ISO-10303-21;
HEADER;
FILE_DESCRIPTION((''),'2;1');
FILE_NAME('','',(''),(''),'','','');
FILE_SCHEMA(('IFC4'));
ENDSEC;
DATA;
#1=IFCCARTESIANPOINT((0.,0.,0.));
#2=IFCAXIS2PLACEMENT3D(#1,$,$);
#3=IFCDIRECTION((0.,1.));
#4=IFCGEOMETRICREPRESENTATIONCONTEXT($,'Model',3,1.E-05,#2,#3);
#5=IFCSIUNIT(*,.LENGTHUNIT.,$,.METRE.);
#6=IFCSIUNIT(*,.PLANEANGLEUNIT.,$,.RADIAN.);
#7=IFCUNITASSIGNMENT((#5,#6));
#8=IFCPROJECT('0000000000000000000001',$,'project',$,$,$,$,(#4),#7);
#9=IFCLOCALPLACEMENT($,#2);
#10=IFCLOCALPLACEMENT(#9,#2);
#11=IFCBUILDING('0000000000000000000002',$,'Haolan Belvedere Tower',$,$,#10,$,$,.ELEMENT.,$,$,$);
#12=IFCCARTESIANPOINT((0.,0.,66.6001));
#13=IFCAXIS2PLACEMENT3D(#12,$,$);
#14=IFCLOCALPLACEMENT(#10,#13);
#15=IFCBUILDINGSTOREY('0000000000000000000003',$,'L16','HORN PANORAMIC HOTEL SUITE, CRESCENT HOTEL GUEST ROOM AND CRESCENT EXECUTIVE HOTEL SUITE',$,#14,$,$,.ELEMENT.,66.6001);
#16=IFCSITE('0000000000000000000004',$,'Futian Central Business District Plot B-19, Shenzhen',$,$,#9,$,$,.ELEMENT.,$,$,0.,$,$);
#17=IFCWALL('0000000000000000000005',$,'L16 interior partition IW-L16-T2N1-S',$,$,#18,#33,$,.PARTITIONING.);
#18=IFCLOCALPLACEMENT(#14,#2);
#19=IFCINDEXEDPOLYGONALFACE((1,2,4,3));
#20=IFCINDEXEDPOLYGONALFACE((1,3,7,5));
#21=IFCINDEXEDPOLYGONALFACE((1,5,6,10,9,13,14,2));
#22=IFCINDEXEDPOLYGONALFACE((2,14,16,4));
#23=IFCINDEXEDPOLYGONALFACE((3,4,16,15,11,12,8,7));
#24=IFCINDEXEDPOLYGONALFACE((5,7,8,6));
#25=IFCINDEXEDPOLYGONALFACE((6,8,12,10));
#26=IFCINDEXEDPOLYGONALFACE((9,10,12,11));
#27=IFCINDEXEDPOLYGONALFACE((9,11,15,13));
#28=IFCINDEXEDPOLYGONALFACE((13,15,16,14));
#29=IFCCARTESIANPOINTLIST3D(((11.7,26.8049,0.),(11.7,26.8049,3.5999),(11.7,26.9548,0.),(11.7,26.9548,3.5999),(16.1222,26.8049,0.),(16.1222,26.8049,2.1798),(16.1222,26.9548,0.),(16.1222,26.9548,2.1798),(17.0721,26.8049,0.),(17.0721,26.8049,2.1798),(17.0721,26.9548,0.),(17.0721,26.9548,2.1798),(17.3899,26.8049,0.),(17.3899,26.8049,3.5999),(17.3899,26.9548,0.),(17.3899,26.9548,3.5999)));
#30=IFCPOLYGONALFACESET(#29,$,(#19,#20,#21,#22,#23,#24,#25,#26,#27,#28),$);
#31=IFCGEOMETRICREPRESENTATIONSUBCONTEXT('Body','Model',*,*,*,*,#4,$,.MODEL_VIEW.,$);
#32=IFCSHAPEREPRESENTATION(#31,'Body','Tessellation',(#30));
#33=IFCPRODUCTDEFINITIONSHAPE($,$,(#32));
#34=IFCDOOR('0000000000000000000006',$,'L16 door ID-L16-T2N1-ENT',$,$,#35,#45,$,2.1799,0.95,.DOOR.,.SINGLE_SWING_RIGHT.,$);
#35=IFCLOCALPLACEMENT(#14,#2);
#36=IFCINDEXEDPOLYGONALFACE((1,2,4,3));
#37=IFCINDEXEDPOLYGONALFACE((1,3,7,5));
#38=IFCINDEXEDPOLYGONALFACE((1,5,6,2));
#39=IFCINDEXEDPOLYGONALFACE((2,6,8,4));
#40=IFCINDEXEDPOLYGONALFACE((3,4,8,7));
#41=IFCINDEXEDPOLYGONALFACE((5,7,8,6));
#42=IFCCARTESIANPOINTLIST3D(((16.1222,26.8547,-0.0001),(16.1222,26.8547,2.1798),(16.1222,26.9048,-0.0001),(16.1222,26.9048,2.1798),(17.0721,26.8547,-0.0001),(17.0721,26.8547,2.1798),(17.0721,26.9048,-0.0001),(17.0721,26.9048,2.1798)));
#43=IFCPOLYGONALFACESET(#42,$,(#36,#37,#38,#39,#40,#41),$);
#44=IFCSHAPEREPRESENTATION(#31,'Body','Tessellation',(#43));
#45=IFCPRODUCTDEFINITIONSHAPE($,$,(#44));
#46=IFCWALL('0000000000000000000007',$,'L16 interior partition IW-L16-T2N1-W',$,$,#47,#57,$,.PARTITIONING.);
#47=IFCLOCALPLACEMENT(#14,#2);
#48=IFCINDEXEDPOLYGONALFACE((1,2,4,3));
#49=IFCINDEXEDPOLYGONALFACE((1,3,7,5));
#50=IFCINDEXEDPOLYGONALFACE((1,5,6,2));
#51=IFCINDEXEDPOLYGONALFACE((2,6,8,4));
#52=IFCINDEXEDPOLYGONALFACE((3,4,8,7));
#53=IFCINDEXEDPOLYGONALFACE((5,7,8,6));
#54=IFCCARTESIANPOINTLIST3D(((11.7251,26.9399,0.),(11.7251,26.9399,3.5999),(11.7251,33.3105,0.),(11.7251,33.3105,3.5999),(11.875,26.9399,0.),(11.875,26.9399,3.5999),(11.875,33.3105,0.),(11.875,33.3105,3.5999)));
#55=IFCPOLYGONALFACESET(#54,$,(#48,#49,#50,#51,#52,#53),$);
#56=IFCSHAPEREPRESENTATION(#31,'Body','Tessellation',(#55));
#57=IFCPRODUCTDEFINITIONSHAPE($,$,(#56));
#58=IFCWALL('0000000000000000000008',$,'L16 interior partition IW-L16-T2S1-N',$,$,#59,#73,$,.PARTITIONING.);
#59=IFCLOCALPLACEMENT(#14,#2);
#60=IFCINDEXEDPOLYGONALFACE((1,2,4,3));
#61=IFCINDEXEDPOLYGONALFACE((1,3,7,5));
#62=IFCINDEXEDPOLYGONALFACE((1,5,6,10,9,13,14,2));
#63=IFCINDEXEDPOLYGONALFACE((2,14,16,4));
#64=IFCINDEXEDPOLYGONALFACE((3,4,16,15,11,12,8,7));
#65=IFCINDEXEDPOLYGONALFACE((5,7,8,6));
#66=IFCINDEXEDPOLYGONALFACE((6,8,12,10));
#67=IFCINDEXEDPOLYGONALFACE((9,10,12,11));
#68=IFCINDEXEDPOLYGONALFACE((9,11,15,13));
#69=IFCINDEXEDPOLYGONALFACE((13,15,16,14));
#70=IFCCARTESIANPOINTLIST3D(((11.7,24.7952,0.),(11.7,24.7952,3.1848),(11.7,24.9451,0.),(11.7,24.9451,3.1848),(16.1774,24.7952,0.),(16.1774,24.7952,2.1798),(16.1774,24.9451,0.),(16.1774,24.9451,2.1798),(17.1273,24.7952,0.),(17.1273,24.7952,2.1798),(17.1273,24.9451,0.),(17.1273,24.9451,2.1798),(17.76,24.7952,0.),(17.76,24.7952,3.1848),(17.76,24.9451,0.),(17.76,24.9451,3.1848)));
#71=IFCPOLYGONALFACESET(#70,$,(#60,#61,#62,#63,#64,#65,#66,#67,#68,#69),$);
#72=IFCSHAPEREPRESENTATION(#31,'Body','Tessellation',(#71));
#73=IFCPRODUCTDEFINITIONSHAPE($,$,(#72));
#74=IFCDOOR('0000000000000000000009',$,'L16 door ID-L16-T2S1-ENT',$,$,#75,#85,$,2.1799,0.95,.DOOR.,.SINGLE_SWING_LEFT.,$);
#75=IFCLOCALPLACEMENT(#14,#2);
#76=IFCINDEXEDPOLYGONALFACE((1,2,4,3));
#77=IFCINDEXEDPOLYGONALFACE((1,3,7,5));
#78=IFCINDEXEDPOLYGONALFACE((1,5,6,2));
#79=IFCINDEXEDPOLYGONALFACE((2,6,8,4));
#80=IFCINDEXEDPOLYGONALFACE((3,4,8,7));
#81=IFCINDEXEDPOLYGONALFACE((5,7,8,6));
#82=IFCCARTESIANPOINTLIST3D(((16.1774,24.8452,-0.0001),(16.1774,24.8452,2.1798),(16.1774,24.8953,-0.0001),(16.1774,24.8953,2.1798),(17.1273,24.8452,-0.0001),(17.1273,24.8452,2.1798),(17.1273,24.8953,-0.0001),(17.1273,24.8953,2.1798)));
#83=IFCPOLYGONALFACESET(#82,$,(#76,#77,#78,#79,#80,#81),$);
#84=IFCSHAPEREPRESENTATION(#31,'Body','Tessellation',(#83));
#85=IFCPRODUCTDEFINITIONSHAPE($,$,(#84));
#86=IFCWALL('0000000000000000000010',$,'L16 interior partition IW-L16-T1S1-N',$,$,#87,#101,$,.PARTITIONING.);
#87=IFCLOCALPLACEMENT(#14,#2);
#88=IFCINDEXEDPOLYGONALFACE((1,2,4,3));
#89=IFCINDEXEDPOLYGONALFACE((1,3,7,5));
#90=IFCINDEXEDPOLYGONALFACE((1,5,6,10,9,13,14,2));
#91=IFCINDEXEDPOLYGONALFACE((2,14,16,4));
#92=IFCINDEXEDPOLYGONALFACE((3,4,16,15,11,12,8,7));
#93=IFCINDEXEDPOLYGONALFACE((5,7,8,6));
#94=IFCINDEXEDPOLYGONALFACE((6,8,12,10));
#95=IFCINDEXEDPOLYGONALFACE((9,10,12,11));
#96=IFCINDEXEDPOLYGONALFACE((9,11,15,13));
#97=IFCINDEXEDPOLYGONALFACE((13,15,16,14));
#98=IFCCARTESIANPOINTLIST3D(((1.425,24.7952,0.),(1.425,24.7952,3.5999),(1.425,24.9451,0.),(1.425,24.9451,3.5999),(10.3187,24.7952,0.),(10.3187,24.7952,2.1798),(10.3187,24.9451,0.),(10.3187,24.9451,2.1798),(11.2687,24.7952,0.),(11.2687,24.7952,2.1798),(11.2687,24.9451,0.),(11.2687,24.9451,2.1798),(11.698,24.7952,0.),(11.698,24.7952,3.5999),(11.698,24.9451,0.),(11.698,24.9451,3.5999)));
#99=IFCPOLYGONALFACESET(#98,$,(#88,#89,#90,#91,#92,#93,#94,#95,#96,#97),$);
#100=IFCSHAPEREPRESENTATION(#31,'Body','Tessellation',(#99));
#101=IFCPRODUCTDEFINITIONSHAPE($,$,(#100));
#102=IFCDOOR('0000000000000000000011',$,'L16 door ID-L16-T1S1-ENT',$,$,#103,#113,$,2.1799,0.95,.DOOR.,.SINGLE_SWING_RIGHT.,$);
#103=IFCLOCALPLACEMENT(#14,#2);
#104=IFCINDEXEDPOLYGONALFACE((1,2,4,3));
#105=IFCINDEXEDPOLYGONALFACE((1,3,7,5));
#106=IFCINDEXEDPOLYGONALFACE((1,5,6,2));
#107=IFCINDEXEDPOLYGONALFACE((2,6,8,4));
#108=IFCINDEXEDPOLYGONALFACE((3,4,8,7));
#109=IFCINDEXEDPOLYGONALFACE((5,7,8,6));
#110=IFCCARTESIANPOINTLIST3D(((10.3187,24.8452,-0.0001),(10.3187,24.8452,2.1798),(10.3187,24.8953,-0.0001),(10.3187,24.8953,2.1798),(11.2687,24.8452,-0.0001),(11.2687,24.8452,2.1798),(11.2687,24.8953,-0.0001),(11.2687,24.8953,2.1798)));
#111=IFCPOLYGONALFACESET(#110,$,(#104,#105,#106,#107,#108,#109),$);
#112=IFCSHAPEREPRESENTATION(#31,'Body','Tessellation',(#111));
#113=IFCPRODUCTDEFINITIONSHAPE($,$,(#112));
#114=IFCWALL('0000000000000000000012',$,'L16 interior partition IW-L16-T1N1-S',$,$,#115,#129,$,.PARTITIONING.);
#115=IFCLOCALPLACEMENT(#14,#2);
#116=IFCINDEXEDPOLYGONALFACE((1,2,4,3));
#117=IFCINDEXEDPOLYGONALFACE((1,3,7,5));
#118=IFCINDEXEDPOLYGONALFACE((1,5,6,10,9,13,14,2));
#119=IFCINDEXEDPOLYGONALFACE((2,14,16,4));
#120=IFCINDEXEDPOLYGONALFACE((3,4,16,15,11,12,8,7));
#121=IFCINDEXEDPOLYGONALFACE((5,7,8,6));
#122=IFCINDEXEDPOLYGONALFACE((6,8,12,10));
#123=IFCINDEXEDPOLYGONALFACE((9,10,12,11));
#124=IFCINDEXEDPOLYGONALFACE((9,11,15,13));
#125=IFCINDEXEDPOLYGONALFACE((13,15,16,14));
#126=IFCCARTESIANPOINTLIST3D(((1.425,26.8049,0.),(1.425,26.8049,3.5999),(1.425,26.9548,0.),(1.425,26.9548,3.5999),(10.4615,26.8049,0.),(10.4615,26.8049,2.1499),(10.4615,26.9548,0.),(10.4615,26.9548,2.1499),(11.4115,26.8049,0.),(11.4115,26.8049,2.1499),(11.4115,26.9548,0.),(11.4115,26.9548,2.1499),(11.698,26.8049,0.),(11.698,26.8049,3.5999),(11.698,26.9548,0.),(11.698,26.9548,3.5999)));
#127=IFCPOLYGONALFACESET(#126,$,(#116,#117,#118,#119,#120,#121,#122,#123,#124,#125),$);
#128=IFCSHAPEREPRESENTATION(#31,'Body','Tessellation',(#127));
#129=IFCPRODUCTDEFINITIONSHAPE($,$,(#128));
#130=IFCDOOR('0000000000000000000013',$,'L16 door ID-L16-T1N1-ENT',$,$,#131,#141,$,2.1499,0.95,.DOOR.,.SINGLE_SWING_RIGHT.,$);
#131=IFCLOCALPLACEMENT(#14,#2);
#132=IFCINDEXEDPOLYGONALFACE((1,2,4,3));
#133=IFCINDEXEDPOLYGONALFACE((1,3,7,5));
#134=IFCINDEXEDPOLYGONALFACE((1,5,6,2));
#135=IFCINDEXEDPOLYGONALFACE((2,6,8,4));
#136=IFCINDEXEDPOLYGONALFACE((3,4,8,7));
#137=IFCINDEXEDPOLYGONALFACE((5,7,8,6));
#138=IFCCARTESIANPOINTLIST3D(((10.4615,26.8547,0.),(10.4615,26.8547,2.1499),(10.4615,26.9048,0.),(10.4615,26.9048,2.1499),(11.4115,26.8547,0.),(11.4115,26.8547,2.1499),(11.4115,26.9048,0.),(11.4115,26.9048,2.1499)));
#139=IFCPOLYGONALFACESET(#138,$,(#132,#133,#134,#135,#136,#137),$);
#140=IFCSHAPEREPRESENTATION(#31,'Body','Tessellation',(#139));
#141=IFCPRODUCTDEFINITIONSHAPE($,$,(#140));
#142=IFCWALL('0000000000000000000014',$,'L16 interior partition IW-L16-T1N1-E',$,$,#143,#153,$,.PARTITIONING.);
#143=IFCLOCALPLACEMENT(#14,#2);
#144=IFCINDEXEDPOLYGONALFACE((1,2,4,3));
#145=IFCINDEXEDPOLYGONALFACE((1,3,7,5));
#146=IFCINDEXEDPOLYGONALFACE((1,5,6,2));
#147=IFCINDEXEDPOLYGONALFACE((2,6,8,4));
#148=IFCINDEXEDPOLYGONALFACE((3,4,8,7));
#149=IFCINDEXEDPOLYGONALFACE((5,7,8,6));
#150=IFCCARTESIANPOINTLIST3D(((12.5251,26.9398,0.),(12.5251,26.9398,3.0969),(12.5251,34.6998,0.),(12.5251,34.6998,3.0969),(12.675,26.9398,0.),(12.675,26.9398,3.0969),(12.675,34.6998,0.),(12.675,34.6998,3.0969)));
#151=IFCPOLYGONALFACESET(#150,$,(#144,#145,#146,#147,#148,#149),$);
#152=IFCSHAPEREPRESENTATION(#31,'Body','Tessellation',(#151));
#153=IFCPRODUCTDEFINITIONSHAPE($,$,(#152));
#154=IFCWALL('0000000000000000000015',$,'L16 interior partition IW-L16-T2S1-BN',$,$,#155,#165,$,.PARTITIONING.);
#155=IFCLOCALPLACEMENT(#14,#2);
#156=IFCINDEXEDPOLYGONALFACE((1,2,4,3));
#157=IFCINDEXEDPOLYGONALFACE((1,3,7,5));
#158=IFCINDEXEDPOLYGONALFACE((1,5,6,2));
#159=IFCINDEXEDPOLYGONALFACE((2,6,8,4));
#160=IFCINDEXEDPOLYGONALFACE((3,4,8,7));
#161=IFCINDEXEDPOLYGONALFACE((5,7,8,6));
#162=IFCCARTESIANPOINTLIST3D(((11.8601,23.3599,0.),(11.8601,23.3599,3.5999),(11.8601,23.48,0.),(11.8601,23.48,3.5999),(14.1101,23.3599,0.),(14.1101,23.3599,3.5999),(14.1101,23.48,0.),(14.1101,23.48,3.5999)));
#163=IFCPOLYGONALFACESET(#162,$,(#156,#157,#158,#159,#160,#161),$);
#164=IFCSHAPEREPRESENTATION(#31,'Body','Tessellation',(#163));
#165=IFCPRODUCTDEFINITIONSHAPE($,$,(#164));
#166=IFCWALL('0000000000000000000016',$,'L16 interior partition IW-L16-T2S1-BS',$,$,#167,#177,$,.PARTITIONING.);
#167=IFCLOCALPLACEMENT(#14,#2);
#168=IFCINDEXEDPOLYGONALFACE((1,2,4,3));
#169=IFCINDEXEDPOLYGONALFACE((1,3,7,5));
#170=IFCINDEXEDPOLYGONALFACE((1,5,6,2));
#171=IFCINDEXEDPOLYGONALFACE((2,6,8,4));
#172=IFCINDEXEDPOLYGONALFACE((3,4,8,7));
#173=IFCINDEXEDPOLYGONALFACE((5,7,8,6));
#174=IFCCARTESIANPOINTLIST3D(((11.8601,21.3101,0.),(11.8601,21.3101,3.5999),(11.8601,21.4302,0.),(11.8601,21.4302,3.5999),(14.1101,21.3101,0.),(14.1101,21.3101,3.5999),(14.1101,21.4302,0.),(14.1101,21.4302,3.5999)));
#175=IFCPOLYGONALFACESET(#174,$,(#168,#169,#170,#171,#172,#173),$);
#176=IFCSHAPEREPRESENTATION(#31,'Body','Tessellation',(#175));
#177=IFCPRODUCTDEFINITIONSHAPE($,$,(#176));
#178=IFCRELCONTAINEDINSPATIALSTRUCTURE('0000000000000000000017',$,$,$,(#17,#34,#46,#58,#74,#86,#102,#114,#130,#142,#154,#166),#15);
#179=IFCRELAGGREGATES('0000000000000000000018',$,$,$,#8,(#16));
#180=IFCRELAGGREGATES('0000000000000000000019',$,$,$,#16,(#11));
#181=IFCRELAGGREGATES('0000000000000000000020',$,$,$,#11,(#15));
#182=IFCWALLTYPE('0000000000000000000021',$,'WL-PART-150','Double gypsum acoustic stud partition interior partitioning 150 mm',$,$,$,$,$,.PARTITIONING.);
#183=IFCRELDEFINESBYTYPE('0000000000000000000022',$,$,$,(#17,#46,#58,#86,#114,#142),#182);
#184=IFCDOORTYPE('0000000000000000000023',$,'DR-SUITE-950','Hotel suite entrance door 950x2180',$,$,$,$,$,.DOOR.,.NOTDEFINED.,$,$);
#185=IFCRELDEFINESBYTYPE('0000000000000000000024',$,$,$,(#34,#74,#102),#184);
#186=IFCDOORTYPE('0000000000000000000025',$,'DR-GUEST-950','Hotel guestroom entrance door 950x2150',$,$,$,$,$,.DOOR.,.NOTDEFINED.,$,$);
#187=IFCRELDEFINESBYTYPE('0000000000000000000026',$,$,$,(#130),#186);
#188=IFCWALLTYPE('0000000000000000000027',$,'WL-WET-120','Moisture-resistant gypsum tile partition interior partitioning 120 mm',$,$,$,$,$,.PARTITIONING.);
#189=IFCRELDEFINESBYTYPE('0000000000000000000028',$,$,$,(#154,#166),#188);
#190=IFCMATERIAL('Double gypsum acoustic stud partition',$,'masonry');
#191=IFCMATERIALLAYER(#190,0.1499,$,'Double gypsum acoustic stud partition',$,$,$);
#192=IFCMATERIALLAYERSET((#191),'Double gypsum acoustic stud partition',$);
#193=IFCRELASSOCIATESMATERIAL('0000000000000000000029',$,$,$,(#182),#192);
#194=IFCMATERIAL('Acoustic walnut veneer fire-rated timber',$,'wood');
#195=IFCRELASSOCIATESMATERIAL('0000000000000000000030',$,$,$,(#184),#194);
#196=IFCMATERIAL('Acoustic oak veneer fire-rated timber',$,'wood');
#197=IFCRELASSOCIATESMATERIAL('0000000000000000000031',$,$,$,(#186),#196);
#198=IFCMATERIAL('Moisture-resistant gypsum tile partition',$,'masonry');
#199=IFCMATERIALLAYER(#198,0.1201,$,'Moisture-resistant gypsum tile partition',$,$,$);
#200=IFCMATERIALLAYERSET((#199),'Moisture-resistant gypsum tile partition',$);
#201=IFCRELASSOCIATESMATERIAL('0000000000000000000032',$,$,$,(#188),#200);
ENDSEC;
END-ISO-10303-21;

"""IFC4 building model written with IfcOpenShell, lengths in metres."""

from ifc_helpers import new_model, si_unit, direction, frame, frame_2d, origin, place, context, subcontext, project, spatial, rectangle, extrude, material, layer, layer_set, type_object, element, fill, save


model = new_model("IFC4")

# Units and contexts
model_context = context("Model", 3, precision=1e-05, world=origin(), true_north=direction((0.0, 1.0)))
body_context = subcontext(model_context, "Body", "Model", "MODEL_VIEW")
ifc_project = project(units=[si_unit("LENGTHUNIT", "METRE"), si_unit("PLANEANGLEUNIT", "RADIAN")], contexts=[model_context])

# Site, building, storey
site_placement = place(None, origin())
site = spatial("IfcSite", under=ifc_project, at=site_placement, Name="Futian Central Business District Plot B-19, Shenzhen", CompositionType="ELEMENT", RefElevation=0.0)
building_placement = place(site_placement, origin())
building = spatial("IfcBuilding", under=site, at=building_placement, Name="Haolan Belvedere Tower", CompositionType="ELEMENT")
storey_placement = place(building_placement, frame((0.0, 0.0, 66.6001)))
storey = spatial("IfcBuildingStorey", under=building, at=storey_placement, Name="L16", Description="HORN PANORAMIC HOTEL SUITE, CRESCENT HOTEL GUEST ROOM AND CRESCENT EXECUTIVE HOTEL SUITE", CompositionType="ELEMENT", Elevation=66.6001)

# Wall, opening, door
ifc_material_1 = material(Name="Double gypsum acoustic stud partition", Category="masonry")
ifc_layer_1 = layer(ifc_material_1, 0.1499, Name="Double gypsum acoustic stud partition")
ifc_layer_set_1 = layer_set([ifc_layer_1], Name="Double gypsum acoustic stud partition")
wall_type_1 = type_object("IfcWallType", Name="WL-PART-150", Description="Double gypsum acoustic stud partition interior partitioning 150 mm", PredefinedType="PARTITIONING", material=ifc_layer_set_1)
wall_1_placement = place(storey_placement, frame((11.7, 26.8799, 0.0), z_axis=(0.0, 0.0, 1.0), x_axis=(1.0, 0.0, 0.0)))
wall_1 = element("IfcWall", 1, at=wall_1_placement, inside=storey, type_object=wall_type_1, Name="L16 interior partition IW-L16-T2N1-S", PredefinedType="PARTITIONING", context=body_context, shape_type="SweptSolid", body=[
    extrude(rectangle(XDim=5.6899, YDim=0.1499, at=frame_2d((2.845, 0.0))), origin(), (0.0, 0.0, 1.0), 3.5999),
])
opening_1_placement = place(wall_1_placement, frame((4.4221, 0.0, 0.0)))
opening_1 = element("IfcOpeningElement", 2, at=opening_1_placement, cuts=wall_1, PredefinedType="OPENING", context=body_context, shape_type="SweptSolid", body=[
    extrude(rectangle(XDim=0.95, YDim=2.1799, at=frame_2d((0.4751, 1.0898))), frame((0.0, 0.085, 0.0), z_axis=(0.0, -1.0, 0.0), x_axis=(1.0, 0.0, 0.0)), (0.0, 0.0, 1.0), 0.1699),
])
ifc_material_2 = material(Name="Acoustic walnut veneer fire-rated timber", Category="wood")
door_type_1 = type_object("IfcDoorType", Name="DR-SUITE-950", Description="Hotel suite entrance door 950x2180", OperationType="NOTDEFINED", PredefinedType="DOOR", material=ifc_material_2)
door_1_placement = place(opening_1_placement, origin())
door_1 = element("IfcDoor", 3, at=door_1_placement, inside=storey, type_object=door_type_1, Name="L16 door ID-L16-T2N1-ENT", OperationType="SINGLE_SWING_RIGHT", OverallHeight=2.1799, OverallWidth=0.95, PredefinedType="DOOR", context=body_context, shape_type="SweptSolid", body=[
    extrude(rectangle(XDim=0.95, YDim=2.1799, at=frame_2d((0.4751, 1.0898))), frame((0.0, 0.0249, 0.0), z_axis=(0.0, -1.0, 0.0), x_axis=(1.0, 0.0, 0.0)), (0.0, 0.0, 1.0), 0.05),
])
fill(opening_1, door_1)

# Wall
wall_2_placement = place(storey_placement, frame((11.8, 26.9399, 0.0), z_axis=(0.0, 0.0, 1.0), x_axis=(0.0, 1.0, 0.0)))
element("IfcWall", 4, at=wall_2_placement, inside=storey, type_object=wall_type_1, Name="L16 interior partition IW-L16-T2N1-W", PredefinedType="PARTITIONING", context=body_context, shape_type="SweptSolid", body=[
    extrude(rectangle(XDim=6.3706, YDim=0.1499, at=frame_2d((3.1853, 0.0))), origin(), (0.0, 0.0, 1.0), 3.5999),
])

# Walls, openings, doors
wall_3_placement = place(storey_placement, frame((11.7, 24.8701, 0.0), z_axis=(0.0, 0.0, 1.0), x_axis=(1.0, 0.0, 0.0)))
wall_3 = element("IfcWall", 5, at=wall_3_placement, inside=storey, type_object=wall_type_1, Name="L16 interior partition IW-L16-T2S1-N", PredefinedType="PARTITIONING", context=body_context, shape_type="SweptSolid", body=[
    extrude(rectangle(XDim=6.0601, YDim=0.1499, at=frame_2d((3.03, 0.0))), origin(), (0.0, 0.0, 1.0), 3.1848),
])
opening_2_placement = place(wall_3_placement, frame((5.4275, 0.0, 0.0), z_axis=(0.0, 0.0, 1.0), x_axis=(-1.0, 0.0, 0.0)))
opening_2 = element("IfcOpeningElement", 6, at=opening_2_placement, cuts=wall_3, PredefinedType="OPENING", context=body_context, shape_type="SweptSolid", body=[
    extrude(rectangle(XDim=0.95, YDim=2.1799, at=frame_2d((0.4751, 1.0898))), frame((0.0, 0.085, 0.0), z_axis=(0.0, -1.0, 0.0), x_axis=(1.0, 0.0, 0.0)), (0.0, 0.0, 1.0), 0.1699),
])
door_2_placement = place(opening_2_placement, origin())
door_2 = element("IfcDoor", 7, at=door_2_placement, inside=storey, type_object=door_type_1, Name="L16 door ID-L16-T2S1-ENT", OperationType="SINGLE_SWING_LEFT", OverallHeight=2.1799, OverallWidth=0.95, PredefinedType="DOOR", context=body_context, shape_type="SweptSolid", body=[
    extrude(rectangle(XDim=0.95, YDim=2.1799, at=frame_2d((0.4751, 1.0898))), frame((0.0, 0.0249, 0.0), z_axis=(0.0, -1.0, 0.0), x_axis=(1.0, 0.0, 0.0)), (0.0, 0.0, 1.0), 0.05),
])
fill(opening_2, door_2)
wall_4_placement = place(storey_placement, frame((1.425, 24.8701, 0.0), z_axis=(0.0, 0.0, 1.0), x_axis=(1.0, 0.0, 0.0)))
wall_4 = element("IfcWall", 8, at=wall_4_placement, inside=storey, type_object=wall_type_1, Name="L16 interior partition IW-L16-T1S1-N", PredefinedType="PARTITIONING", context=body_context, shape_type="SweptSolid", body=[
    extrude(rectangle(XDim=10.2729, YDim=0.1499, at=frame_2d((5.1365, 0.0))), origin(), (0.0, 0.0, 1.0), 3.5999),
])
opening_3_placement = place(wall_4_placement, frame((9.8438, 0.0, 0.0), z_axis=(0.0, 0.0, 1.0), x_axis=(-1.0, 0.0, 0.0)))
opening_3 = element("IfcOpeningElement", 9, at=opening_3_placement, cuts=wall_4, PredefinedType="OPENING", context=body_context, shape_type="SweptSolid", body=[
    extrude(rectangle(XDim=0.95, YDim=2.1799, at=frame_2d((0.4751, 1.0898))), frame((0.0, 0.085, 0.0), z_axis=(0.0, -1.0, 0.0), x_axis=(1.0, 0.0, 0.0)), (0.0, 0.0, 1.0), 0.1699),
])
door_3_placement = place(opening_3_placement, origin())
door_3 = element("IfcDoor", 10, at=door_3_placement, inside=storey, type_object=door_type_1, Name="L16 door ID-L16-T1S1-ENT", OperationType="SINGLE_SWING_RIGHT", OverallHeight=2.1799, OverallWidth=0.95, PredefinedType="DOOR", context=body_context, shape_type="SweptSolid", body=[
    extrude(rectangle(XDim=0.95, YDim=2.1799, at=frame_2d((0.4751, 1.0898))), frame((0.0, 0.0249, 0.0), z_axis=(0.0, -1.0, 0.0), x_axis=(1.0, 0.0, 0.0)), (0.0, 0.0, 1.0), 0.05),
])
fill(opening_3, door_3)
wall_5_placement = place(storey_placement, frame((1.425, 26.8799, 0.0), z_axis=(0.0, 0.0, 1.0), x_axis=(1.0, 0.0, 0.0)))
wall_5 = element("IfcWall", 11, at=wall_5_placement, inside=storey, type_object=wall_type_1, Name="L16 interior partition IW-L16-T1N1-S", PredefinedType="PARTITIONING", context=body_context, shape_type="SweptSolid", body=[
    extrude(rectangle(XDim=10.2729, YDim=0.1499, at=frame_2d((5.1365, 0.0))), origin(), (0.0, 0.0, 1.0), 3.5999),
])
opening_4_placement = place(wall_5_placement, frame((9.0364, 0.0, 0.0)))
opening_4 = element("IfcOpeningElement", 12, at=opening_4_placement, cuts=wall_5, PredefinedType="OPENING", context=body_context, shape_type="SweptSolid", body=[
    extrude(rectangle(XDim=0.95, YDim=2.1499, at=frame_2d((0.4751, 1.075))), frame((0.0, 0.085, 0.0), z_axis=(0.0, -1.0, 0.0), x_axis=(1.0, 0.0, 0.0)), (0.0, 0.0, 1.0), 0.1699),
])
ifc_material_3 = material(Name="Acoustic oak veneer fire-rated timber", Category="wood")
door_type_2 = type_object("IfcDoorType", Name="DR-GUEST-950", Description="Hotel guestroom entrance door 950x2150", OperationType="NOTDEFINED", PredefinedType="DOOR", material=ifc_material_3)
door_4_placement = place(opening_4_placement, origin())
door_4 = element("IfcDoor", 13, at=door_4_placement, inside=storey, type_object=door_type_2, Name="L16 door ID-L16-T1N1-ENT", OperationType="SINGLE_SWING_RIGHT", OverallHeight=2.1499, OverallWidth=0.95, PredefinedType="DOOR", context=body_context, shape_type="SweptSolid", body=[
    extrude(rectangle(XDim=0.95, YDim=2.1499, at=frame_2d((0.4751, 1.075))), frame((0.0, 0.0249, 0.0), z_axis=(0.0, -1.0, 0.0), x_axis=(1.0, 0.0, 0.0)), (0.0, 0.0, 1.0), 0.05),
])
fill(opening_4, door_4)

# Walls
wall_6_placement = place(storey_placement, frame((12.6001, 26.9399, 0.0), z_axis=(0.0, 0.0, 1.0), x_axis=(0.0, 1.0, 0.0)))
element("IfcWall", 14, at=wall_6_placement, inside=storey, type_object=wall_type_1, Name="L16 interior partition IW-L16-T1N1-E", PredefinedType="PARTITIONING", context=body_context, shape_type="SweptSolid", body=[
    extrude(rectangle(XDim=7.76, YDim=0.1499, at=frame_2d((3.8799, 0.0))), origin(), (0.0, 0.0, 1.0), 3.0969),
])
ifc_material_4 = material(Name="Moisture-resistant gypsum tile partition", Category="masonry")
ifc_layer_2 = layer(ifc_material_4, 0.1201, Name="Moisture-resistant gypsum tile partition")
ifc_layer_set_2 = layer_set([ifc_layer_2], Name="Moisture-resistant gypsum tile partition")
wall_type_2 = type_object("IfcWallType", Name="WL-WET-120", Description="Moisture-resistant gypsum tile partition interior partitioning 120 mm", PredefinedType="PARTITIONING", material=ifc_layer_set_2)
for number, where, z_axis, x_axis, name in (
    (15, (11.8601, 23.4199, 0.0), (0.0, 0.0, 1.0), (1.0, 0.0, 0.0), "L16 interior partition IW-L16-T2S1-BN"),
    (16, (11.8601, 21.3701, 0.0), (0.0, 0.0, 1.0), (1.0, 0.0, 0.0), "L16 interior partition IW-L16-T2S1-BS"),
):
    element("IfcWall", number, at=place(storey_placement, frame(where, z_axis=z_axis, x_axis=x_axis)), inside=storey, type_object=wall_type_2, Name=name, PredefinedType="PARTITIONING", context=body_context, shape_type="SweptSolid", body=[
        extrude(rectangle(XDim=2.25, YDim=0.1201, at=frame_2d((1.125, 0.0))), origin(), (0.0, 0.0, 1.0), 3.5999),
    ])

save(model, "model.ifc")
